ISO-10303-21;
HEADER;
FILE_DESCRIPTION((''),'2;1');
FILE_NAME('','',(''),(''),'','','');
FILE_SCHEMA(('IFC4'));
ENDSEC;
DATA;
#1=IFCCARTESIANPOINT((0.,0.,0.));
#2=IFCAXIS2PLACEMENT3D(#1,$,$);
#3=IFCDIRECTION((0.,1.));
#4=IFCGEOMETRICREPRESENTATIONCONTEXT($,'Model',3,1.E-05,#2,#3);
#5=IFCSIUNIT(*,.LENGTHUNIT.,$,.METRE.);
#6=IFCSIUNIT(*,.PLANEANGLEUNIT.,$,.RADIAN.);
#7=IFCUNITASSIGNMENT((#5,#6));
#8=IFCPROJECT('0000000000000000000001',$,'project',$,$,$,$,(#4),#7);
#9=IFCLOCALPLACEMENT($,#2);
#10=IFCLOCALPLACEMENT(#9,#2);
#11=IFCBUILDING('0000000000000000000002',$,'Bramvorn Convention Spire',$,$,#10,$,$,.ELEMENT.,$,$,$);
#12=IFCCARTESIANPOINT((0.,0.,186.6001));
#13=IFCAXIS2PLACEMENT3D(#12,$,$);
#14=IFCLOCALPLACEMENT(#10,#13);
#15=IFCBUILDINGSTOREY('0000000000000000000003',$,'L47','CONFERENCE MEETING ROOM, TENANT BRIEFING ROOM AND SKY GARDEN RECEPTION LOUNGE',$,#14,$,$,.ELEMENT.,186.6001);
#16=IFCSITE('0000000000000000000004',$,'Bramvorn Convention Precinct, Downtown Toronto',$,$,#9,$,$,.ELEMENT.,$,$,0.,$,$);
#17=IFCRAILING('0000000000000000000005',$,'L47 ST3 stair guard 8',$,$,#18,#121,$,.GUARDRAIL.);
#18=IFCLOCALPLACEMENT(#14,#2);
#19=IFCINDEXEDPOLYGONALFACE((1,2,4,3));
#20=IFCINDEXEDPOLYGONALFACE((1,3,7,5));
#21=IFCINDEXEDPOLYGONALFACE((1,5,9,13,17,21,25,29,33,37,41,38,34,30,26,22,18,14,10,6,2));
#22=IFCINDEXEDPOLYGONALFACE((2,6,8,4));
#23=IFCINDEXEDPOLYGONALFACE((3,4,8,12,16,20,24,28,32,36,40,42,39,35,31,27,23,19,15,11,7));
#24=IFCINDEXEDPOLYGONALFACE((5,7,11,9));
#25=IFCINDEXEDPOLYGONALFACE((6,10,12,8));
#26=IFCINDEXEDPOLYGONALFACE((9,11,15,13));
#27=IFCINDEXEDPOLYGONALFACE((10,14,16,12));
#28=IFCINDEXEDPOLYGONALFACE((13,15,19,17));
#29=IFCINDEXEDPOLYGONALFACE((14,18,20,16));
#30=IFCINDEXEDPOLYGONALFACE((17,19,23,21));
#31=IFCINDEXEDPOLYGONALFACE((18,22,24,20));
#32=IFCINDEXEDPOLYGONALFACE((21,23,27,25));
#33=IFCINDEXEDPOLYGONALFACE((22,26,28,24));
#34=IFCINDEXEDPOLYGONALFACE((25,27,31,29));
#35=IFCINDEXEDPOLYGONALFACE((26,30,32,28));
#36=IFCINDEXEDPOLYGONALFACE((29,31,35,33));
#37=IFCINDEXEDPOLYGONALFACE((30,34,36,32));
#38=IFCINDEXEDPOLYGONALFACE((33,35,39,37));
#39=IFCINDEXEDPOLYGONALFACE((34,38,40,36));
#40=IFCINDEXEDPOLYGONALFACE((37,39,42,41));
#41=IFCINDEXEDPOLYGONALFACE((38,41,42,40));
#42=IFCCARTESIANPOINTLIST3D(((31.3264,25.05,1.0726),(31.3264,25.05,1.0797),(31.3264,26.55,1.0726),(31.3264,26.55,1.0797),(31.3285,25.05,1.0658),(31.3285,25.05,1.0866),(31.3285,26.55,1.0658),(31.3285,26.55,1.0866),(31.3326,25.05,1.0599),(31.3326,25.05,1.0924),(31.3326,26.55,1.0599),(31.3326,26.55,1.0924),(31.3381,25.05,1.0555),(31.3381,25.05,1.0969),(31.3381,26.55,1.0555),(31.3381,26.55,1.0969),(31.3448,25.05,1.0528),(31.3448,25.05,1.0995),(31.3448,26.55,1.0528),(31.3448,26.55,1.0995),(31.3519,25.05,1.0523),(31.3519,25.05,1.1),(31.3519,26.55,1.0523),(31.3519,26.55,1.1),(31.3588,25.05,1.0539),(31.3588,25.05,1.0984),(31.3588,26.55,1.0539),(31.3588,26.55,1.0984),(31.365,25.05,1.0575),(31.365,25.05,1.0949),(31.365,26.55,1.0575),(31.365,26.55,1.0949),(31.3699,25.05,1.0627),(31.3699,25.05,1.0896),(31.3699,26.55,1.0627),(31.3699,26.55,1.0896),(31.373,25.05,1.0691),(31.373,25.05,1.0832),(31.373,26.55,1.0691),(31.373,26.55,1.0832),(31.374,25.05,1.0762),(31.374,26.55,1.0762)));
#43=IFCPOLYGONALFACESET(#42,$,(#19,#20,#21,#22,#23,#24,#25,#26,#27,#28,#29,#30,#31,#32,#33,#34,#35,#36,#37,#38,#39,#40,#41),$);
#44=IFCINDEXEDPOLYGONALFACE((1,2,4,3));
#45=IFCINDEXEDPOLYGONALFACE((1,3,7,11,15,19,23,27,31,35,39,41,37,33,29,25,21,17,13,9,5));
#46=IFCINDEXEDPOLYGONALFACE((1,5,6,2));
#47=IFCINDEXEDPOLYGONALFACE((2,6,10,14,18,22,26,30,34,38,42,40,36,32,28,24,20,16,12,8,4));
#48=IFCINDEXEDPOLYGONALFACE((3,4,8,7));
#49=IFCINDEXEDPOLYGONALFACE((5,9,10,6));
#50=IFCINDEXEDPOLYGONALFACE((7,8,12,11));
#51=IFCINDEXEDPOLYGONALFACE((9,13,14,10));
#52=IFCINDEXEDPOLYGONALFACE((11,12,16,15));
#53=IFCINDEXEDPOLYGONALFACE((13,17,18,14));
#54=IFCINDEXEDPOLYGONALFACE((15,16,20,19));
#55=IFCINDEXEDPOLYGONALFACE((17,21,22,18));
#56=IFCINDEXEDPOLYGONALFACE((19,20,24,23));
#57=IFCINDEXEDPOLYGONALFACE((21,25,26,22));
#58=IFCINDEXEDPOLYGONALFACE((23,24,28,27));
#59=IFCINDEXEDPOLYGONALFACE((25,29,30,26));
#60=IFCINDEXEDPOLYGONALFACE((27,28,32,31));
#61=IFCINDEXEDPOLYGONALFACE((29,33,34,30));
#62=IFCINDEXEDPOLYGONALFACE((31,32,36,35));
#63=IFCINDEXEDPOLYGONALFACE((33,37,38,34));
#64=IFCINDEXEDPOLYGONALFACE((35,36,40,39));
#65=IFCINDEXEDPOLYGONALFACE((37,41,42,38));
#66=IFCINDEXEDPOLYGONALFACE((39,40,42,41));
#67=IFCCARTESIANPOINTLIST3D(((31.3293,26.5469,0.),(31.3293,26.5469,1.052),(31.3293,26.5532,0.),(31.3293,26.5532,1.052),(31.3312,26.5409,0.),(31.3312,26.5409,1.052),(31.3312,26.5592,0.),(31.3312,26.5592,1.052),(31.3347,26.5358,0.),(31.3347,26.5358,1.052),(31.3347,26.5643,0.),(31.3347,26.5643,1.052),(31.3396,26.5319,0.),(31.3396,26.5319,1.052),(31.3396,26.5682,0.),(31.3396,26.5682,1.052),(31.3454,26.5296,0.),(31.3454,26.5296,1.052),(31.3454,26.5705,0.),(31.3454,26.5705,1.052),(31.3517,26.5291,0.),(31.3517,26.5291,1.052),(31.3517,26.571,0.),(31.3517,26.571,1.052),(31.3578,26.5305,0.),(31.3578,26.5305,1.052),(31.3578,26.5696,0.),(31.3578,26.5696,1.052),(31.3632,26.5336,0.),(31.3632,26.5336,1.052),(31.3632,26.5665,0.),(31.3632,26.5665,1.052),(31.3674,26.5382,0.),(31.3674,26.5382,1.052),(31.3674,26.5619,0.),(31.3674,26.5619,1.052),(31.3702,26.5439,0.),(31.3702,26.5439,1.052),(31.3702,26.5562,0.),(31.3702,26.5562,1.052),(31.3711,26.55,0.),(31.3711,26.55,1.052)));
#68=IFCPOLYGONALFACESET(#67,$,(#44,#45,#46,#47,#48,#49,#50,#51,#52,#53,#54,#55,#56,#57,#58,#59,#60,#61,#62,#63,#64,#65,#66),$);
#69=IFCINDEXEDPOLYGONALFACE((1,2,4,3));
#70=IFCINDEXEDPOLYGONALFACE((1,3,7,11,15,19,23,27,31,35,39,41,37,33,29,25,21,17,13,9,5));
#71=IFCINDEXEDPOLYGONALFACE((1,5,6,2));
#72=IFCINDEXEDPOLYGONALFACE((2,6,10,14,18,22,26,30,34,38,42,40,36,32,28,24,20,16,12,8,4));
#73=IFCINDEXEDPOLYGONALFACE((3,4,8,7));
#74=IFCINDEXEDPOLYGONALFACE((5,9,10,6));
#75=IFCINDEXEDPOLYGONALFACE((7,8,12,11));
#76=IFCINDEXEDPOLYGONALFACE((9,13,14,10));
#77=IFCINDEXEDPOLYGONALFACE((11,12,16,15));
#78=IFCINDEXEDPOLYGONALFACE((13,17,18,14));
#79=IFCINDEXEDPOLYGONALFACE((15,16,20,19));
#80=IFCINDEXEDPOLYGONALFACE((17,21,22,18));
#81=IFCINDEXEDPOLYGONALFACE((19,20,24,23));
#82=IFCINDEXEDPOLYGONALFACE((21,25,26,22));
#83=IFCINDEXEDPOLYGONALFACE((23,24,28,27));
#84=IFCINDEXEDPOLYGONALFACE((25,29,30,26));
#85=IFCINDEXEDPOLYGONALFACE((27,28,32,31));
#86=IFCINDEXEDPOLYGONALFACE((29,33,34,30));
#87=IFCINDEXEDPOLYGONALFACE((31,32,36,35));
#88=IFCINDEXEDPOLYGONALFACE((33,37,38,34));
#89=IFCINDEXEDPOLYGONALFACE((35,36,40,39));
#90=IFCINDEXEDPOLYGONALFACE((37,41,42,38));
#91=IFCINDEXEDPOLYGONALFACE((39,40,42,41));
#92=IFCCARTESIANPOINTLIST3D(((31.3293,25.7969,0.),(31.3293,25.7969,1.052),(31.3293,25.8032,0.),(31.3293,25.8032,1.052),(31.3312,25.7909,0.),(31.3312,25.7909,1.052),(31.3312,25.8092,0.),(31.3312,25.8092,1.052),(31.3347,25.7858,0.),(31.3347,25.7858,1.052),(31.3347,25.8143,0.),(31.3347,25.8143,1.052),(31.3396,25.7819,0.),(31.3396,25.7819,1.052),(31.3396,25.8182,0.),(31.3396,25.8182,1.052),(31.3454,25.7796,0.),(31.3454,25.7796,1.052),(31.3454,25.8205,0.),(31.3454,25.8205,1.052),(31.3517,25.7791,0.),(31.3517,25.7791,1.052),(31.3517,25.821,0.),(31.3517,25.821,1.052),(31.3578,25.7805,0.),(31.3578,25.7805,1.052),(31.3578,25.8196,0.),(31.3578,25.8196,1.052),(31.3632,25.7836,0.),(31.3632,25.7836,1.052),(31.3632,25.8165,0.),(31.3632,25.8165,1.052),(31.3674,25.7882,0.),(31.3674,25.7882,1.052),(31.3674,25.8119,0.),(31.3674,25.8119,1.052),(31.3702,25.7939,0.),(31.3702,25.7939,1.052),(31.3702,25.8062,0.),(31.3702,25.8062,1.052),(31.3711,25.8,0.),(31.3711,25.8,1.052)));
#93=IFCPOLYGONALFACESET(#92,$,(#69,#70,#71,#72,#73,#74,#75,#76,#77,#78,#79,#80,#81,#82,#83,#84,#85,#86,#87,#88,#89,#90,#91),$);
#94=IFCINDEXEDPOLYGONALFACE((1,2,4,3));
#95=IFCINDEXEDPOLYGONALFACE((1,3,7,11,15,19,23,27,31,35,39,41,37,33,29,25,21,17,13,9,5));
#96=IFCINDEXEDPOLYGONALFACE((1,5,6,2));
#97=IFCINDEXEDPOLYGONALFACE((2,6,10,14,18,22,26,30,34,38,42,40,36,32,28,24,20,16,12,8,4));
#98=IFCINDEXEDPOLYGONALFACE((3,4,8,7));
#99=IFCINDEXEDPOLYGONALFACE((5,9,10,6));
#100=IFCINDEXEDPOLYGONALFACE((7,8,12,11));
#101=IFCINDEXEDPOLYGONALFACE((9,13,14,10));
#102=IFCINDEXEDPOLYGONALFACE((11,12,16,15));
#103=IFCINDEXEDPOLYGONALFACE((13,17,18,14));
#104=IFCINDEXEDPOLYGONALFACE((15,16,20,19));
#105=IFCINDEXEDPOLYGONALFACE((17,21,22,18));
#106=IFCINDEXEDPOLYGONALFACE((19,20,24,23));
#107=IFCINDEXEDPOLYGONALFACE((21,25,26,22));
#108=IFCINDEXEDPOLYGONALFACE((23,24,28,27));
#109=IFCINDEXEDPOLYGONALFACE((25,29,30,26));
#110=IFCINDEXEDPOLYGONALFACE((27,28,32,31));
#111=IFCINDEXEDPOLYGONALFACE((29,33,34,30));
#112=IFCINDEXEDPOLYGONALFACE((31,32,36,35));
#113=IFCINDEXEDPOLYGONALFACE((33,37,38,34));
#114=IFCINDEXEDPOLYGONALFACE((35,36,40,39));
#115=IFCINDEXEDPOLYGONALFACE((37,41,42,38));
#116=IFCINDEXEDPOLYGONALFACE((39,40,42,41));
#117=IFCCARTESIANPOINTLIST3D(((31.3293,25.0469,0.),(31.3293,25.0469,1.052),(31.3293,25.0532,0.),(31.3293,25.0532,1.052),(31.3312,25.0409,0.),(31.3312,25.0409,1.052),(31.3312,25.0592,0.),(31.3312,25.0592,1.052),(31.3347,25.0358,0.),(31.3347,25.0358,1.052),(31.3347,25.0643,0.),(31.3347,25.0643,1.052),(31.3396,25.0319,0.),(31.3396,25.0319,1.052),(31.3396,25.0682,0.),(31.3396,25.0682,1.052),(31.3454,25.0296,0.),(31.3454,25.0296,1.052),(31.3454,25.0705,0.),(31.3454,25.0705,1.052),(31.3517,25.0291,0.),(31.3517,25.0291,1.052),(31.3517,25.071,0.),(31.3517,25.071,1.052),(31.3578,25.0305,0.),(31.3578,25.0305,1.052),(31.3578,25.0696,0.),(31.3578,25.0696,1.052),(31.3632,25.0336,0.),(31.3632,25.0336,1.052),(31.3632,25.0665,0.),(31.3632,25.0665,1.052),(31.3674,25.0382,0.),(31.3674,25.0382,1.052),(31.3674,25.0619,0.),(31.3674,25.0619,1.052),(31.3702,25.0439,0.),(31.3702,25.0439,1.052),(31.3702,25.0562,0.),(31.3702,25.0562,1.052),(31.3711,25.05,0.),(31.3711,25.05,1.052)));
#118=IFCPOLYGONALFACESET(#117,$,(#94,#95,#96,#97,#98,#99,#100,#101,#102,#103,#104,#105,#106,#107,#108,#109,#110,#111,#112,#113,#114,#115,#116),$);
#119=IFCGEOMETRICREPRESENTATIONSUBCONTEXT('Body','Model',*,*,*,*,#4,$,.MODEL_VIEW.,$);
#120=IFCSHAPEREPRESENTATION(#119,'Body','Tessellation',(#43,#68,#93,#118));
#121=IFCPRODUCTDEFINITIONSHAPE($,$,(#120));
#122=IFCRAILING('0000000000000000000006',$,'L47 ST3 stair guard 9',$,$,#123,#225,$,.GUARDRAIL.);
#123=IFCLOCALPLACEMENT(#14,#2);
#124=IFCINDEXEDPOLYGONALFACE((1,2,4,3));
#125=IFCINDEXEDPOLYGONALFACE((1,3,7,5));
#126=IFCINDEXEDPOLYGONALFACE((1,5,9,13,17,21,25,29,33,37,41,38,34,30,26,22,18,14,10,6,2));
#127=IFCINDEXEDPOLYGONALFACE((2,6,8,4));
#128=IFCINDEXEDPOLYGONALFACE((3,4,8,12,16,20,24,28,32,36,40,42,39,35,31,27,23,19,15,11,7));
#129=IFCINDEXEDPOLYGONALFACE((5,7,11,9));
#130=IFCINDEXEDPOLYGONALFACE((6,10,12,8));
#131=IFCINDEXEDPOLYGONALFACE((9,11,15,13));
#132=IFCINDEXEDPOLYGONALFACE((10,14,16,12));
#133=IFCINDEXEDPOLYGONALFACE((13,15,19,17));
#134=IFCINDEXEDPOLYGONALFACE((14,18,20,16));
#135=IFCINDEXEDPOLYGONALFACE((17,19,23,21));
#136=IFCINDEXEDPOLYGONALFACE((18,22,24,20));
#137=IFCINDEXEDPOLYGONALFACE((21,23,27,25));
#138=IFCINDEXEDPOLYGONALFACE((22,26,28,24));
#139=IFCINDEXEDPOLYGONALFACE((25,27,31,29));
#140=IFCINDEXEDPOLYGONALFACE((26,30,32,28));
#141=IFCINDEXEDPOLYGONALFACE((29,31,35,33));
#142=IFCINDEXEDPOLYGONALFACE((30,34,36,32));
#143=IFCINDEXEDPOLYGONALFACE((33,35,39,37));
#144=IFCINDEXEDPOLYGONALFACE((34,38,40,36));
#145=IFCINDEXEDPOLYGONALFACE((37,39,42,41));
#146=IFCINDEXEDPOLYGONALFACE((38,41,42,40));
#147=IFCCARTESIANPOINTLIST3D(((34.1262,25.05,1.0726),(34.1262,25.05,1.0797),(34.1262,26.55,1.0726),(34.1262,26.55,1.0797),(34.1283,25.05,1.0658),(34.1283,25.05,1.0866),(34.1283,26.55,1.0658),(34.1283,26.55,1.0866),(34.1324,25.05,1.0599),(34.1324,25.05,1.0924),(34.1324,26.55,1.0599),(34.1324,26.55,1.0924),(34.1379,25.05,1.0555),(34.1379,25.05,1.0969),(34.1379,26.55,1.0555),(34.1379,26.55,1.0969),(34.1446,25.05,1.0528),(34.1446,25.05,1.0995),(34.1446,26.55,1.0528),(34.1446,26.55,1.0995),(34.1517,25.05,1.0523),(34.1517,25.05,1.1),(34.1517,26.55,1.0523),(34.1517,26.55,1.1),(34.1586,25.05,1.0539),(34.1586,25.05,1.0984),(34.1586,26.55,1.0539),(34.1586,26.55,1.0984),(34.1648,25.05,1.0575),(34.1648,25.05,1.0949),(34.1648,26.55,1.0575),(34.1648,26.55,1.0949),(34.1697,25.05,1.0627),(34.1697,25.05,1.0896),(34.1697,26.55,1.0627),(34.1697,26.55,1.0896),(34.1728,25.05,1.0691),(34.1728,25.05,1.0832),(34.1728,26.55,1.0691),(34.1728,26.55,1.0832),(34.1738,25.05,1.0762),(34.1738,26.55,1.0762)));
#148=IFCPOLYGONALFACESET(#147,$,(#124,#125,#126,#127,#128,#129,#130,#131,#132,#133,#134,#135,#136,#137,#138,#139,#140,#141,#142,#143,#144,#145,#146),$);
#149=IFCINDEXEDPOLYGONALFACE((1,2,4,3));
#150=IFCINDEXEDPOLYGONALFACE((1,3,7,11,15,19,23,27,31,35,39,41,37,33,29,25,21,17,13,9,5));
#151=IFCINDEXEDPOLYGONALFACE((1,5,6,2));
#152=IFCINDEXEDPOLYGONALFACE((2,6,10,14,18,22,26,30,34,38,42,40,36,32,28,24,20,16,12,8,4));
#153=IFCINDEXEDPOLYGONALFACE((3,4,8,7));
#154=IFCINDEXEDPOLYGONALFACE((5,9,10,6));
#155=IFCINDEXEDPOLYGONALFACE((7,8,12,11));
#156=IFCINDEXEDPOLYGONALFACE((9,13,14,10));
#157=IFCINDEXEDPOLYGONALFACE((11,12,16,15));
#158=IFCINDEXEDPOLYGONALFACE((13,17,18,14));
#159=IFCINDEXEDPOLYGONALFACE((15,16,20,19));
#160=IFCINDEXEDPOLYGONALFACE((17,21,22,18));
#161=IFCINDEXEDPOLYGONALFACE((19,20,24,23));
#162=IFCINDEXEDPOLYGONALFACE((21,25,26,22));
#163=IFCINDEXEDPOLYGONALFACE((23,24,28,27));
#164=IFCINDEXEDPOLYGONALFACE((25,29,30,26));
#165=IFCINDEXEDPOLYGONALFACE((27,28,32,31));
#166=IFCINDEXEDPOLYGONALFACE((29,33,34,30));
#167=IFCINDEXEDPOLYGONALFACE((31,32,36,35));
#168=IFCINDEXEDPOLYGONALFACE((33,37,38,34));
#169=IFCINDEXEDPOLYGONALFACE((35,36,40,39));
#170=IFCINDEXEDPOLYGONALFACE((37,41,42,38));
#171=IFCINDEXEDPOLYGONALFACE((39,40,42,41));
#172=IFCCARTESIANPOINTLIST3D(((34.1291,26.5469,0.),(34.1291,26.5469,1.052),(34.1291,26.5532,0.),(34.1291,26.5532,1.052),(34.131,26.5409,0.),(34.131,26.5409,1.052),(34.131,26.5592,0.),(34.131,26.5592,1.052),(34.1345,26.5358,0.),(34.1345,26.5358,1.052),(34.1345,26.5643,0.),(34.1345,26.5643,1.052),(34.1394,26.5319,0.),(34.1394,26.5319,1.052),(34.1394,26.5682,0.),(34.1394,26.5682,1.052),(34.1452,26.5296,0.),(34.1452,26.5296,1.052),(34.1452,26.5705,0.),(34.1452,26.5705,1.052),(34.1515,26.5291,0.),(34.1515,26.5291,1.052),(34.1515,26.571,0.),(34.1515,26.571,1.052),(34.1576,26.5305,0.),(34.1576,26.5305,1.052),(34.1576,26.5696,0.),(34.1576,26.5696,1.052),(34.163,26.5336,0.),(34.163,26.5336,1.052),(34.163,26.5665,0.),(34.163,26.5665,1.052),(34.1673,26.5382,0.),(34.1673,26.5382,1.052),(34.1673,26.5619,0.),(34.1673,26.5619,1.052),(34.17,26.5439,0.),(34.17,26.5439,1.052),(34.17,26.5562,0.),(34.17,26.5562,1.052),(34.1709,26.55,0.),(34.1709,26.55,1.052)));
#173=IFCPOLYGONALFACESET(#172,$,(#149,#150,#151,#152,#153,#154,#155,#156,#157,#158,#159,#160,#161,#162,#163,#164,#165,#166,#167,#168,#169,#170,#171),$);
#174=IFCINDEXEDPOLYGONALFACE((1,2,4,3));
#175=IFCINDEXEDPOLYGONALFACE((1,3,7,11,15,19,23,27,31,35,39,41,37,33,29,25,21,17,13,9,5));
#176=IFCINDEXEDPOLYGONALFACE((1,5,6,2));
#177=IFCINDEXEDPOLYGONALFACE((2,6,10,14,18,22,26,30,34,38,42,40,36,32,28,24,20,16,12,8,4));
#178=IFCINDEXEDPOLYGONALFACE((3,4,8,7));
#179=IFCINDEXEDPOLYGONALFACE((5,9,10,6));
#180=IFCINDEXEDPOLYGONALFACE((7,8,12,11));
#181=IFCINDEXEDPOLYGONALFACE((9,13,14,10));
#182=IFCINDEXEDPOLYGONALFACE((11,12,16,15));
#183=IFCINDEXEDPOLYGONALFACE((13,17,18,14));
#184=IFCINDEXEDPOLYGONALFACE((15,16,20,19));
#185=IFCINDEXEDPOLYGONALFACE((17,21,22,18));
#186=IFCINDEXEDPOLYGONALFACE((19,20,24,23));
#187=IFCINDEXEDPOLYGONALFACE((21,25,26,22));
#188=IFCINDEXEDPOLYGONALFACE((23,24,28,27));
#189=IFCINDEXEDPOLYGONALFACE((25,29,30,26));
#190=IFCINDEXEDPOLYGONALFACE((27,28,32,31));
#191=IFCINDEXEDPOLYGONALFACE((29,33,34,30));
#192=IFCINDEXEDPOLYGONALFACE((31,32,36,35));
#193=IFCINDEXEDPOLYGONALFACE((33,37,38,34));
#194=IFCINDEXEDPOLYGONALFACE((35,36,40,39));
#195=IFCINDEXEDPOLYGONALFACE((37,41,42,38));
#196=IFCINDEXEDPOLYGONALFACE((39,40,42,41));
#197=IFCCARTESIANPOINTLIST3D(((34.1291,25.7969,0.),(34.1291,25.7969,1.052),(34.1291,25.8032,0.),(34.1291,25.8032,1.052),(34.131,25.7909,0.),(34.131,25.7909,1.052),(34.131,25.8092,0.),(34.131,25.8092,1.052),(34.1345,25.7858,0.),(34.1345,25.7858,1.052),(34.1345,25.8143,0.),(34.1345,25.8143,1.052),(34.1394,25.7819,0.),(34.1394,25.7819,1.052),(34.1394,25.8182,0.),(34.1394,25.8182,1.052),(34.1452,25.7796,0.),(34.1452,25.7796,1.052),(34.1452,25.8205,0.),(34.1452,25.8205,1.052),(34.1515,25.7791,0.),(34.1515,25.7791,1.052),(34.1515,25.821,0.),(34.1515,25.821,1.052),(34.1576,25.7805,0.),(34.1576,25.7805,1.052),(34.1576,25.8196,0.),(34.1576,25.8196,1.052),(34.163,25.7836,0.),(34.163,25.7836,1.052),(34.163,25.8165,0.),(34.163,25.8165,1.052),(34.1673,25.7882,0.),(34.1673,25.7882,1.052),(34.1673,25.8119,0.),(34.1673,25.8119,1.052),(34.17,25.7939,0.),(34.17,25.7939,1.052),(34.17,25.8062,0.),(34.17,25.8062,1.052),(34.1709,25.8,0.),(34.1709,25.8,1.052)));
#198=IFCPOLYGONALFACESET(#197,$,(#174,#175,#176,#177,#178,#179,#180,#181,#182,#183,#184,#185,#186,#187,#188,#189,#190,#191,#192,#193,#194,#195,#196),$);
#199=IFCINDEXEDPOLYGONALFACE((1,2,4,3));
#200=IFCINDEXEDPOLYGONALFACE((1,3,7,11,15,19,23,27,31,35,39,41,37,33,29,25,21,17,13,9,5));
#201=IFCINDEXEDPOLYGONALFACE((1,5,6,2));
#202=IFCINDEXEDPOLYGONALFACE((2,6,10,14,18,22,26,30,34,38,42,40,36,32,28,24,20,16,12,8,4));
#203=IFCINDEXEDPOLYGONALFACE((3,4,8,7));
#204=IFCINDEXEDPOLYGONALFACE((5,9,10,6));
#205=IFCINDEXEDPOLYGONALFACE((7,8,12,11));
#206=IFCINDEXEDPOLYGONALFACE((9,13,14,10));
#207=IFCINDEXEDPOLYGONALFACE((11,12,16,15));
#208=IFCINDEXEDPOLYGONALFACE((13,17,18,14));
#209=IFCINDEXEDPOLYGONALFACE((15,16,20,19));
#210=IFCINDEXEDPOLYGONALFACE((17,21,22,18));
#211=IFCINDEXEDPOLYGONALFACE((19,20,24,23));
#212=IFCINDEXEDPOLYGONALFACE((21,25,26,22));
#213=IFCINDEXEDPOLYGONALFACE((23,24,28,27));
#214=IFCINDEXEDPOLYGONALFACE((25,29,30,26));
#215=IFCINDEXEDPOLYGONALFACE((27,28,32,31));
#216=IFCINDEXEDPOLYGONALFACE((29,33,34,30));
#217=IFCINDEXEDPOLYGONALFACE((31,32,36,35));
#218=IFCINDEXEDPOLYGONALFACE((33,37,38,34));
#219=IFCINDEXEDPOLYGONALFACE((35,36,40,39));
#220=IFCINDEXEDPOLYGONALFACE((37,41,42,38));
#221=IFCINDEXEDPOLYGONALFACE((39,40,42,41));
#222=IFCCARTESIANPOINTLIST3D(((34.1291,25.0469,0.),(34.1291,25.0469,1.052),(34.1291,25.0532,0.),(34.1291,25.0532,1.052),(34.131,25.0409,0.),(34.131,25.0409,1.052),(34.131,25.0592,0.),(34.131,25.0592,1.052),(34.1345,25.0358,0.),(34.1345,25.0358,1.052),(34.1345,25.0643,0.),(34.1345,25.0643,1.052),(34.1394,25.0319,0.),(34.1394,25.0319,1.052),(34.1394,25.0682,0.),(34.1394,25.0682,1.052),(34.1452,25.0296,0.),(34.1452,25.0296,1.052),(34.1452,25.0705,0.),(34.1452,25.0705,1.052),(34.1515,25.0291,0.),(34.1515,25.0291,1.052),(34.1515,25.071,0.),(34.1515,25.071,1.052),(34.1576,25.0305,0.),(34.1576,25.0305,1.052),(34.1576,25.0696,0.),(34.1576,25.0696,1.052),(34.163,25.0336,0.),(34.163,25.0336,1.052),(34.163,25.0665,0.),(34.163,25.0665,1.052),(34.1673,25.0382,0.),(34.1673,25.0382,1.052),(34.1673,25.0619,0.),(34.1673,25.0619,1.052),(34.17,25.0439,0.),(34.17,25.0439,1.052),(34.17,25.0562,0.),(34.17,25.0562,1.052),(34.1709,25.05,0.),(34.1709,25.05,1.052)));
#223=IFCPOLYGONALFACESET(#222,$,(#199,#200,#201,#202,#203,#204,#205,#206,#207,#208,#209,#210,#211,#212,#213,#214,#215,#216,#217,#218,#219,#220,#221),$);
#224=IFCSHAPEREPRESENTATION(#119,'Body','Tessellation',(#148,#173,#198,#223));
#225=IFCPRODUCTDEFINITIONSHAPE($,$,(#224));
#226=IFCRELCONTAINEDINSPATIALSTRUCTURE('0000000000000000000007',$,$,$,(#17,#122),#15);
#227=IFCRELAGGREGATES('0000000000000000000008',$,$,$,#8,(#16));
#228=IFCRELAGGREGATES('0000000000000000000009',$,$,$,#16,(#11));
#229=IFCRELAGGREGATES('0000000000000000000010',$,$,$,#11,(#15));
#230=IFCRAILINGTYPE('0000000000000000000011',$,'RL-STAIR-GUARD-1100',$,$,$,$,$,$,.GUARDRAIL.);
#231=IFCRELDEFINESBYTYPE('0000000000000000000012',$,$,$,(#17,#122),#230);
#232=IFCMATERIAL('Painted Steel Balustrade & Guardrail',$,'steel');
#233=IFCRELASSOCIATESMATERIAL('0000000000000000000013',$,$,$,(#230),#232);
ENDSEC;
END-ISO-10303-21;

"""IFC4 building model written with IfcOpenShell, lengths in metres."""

from ifc_helpers import new_model, si_unit, direction, frame, origin, origin_2d, place, context, subcontext, project, spatial, circle, extrude, material, type_object, element, save


model = new_model("IFC4")

# Units and contexts
model_context = context("Model", 3, precision=1e-05, world=origin(), true_north=direction((0.0, 1.0)))
body_context = subcontext(model_context, "Body", "Model", "MODEL_VIEW")
ifc_project = project(units=[si_unit("LENGTHUNIT", "METRE"), si_unit("PLANEANGLEUNIT", "RADIAN")], contexts=[model_context])

# Site, building, storey
site_placement = place(None, origin())
site = spatial("IfcSite", under=ifc_project, at=site_placement, Name="Bramvorn Convention Precinct, Downtown Toronto", CompositionType="ELEMENT", RefElevation=0.0)
building_placement = place(site_placement, origin())
building = spatial("IfcBuilding", under=site, at=building_placement, Name="Bramvorn Convention Spire", CompositionType="ELEMENT")
storey_placement = place(building_placement, frame((0.0, 0.0, 186.6001)))
storey = spatial("IfcBuildingStorey", under=building, at=storey_placement, Name="L47", Description="CONFERENCE MEETING ROOM, TENANT BRIEFING ROOM AND SKY GARDEN RECEPTION LOUNGE", CompositionType="ELEMENT", Elevation=186.6001)

# Railings
ifc_material_1 = material(Name="Painted Steel Balustrade & Guardrail", Category="steel")
railing_type = type_object("IfcRailingType", Name="RL-STAIR-GUARD-1100", PredefinedType="GUARDRAIL", material=ifc_material_1)
for number, where, name in (
    (1, (31.3501, 26.55, 0.0), "L47 ST3 stair guard 8"),
    (2, (34.1499, 26.55, 0.0), "L47 ST3 stair guard 9"),
):
    element("IfcRailing", number, at=place(storey_placement, frame(where)), inside=storey, type_object=railing_type, Name=name, PredefinedType="GUARDRAIL", context=body_context, shape_type="SweptSolid", body=[
        extrude(circle(Radius=0.0239, at=origin_2d()), frame((0.0, 0.0, 1.0762), z_axis=(0.0, -1.0, 0.0), x_axis=(1.0, 0.0, 0.0)), (0.0, 0.0, 1.0), 1.5),
        extrude(circle(Radius=0.021, at=origin_2d()), origin(), (0.0, 0.0, 1.0), 1.052),
        extrude(circle(Radius=0.021, at=origin_2d()), frame((0.0, -0.75, 0.0)), (0.0, 0.0, 1.0), 1.052),
        extrude(circle(Radius=0.021, at=origin_2d()), frame((0.0, -1.5, 0.0)), (0.0, 0.0, 1.0), 1.052),
    ])

save(model, "model.ifc")
